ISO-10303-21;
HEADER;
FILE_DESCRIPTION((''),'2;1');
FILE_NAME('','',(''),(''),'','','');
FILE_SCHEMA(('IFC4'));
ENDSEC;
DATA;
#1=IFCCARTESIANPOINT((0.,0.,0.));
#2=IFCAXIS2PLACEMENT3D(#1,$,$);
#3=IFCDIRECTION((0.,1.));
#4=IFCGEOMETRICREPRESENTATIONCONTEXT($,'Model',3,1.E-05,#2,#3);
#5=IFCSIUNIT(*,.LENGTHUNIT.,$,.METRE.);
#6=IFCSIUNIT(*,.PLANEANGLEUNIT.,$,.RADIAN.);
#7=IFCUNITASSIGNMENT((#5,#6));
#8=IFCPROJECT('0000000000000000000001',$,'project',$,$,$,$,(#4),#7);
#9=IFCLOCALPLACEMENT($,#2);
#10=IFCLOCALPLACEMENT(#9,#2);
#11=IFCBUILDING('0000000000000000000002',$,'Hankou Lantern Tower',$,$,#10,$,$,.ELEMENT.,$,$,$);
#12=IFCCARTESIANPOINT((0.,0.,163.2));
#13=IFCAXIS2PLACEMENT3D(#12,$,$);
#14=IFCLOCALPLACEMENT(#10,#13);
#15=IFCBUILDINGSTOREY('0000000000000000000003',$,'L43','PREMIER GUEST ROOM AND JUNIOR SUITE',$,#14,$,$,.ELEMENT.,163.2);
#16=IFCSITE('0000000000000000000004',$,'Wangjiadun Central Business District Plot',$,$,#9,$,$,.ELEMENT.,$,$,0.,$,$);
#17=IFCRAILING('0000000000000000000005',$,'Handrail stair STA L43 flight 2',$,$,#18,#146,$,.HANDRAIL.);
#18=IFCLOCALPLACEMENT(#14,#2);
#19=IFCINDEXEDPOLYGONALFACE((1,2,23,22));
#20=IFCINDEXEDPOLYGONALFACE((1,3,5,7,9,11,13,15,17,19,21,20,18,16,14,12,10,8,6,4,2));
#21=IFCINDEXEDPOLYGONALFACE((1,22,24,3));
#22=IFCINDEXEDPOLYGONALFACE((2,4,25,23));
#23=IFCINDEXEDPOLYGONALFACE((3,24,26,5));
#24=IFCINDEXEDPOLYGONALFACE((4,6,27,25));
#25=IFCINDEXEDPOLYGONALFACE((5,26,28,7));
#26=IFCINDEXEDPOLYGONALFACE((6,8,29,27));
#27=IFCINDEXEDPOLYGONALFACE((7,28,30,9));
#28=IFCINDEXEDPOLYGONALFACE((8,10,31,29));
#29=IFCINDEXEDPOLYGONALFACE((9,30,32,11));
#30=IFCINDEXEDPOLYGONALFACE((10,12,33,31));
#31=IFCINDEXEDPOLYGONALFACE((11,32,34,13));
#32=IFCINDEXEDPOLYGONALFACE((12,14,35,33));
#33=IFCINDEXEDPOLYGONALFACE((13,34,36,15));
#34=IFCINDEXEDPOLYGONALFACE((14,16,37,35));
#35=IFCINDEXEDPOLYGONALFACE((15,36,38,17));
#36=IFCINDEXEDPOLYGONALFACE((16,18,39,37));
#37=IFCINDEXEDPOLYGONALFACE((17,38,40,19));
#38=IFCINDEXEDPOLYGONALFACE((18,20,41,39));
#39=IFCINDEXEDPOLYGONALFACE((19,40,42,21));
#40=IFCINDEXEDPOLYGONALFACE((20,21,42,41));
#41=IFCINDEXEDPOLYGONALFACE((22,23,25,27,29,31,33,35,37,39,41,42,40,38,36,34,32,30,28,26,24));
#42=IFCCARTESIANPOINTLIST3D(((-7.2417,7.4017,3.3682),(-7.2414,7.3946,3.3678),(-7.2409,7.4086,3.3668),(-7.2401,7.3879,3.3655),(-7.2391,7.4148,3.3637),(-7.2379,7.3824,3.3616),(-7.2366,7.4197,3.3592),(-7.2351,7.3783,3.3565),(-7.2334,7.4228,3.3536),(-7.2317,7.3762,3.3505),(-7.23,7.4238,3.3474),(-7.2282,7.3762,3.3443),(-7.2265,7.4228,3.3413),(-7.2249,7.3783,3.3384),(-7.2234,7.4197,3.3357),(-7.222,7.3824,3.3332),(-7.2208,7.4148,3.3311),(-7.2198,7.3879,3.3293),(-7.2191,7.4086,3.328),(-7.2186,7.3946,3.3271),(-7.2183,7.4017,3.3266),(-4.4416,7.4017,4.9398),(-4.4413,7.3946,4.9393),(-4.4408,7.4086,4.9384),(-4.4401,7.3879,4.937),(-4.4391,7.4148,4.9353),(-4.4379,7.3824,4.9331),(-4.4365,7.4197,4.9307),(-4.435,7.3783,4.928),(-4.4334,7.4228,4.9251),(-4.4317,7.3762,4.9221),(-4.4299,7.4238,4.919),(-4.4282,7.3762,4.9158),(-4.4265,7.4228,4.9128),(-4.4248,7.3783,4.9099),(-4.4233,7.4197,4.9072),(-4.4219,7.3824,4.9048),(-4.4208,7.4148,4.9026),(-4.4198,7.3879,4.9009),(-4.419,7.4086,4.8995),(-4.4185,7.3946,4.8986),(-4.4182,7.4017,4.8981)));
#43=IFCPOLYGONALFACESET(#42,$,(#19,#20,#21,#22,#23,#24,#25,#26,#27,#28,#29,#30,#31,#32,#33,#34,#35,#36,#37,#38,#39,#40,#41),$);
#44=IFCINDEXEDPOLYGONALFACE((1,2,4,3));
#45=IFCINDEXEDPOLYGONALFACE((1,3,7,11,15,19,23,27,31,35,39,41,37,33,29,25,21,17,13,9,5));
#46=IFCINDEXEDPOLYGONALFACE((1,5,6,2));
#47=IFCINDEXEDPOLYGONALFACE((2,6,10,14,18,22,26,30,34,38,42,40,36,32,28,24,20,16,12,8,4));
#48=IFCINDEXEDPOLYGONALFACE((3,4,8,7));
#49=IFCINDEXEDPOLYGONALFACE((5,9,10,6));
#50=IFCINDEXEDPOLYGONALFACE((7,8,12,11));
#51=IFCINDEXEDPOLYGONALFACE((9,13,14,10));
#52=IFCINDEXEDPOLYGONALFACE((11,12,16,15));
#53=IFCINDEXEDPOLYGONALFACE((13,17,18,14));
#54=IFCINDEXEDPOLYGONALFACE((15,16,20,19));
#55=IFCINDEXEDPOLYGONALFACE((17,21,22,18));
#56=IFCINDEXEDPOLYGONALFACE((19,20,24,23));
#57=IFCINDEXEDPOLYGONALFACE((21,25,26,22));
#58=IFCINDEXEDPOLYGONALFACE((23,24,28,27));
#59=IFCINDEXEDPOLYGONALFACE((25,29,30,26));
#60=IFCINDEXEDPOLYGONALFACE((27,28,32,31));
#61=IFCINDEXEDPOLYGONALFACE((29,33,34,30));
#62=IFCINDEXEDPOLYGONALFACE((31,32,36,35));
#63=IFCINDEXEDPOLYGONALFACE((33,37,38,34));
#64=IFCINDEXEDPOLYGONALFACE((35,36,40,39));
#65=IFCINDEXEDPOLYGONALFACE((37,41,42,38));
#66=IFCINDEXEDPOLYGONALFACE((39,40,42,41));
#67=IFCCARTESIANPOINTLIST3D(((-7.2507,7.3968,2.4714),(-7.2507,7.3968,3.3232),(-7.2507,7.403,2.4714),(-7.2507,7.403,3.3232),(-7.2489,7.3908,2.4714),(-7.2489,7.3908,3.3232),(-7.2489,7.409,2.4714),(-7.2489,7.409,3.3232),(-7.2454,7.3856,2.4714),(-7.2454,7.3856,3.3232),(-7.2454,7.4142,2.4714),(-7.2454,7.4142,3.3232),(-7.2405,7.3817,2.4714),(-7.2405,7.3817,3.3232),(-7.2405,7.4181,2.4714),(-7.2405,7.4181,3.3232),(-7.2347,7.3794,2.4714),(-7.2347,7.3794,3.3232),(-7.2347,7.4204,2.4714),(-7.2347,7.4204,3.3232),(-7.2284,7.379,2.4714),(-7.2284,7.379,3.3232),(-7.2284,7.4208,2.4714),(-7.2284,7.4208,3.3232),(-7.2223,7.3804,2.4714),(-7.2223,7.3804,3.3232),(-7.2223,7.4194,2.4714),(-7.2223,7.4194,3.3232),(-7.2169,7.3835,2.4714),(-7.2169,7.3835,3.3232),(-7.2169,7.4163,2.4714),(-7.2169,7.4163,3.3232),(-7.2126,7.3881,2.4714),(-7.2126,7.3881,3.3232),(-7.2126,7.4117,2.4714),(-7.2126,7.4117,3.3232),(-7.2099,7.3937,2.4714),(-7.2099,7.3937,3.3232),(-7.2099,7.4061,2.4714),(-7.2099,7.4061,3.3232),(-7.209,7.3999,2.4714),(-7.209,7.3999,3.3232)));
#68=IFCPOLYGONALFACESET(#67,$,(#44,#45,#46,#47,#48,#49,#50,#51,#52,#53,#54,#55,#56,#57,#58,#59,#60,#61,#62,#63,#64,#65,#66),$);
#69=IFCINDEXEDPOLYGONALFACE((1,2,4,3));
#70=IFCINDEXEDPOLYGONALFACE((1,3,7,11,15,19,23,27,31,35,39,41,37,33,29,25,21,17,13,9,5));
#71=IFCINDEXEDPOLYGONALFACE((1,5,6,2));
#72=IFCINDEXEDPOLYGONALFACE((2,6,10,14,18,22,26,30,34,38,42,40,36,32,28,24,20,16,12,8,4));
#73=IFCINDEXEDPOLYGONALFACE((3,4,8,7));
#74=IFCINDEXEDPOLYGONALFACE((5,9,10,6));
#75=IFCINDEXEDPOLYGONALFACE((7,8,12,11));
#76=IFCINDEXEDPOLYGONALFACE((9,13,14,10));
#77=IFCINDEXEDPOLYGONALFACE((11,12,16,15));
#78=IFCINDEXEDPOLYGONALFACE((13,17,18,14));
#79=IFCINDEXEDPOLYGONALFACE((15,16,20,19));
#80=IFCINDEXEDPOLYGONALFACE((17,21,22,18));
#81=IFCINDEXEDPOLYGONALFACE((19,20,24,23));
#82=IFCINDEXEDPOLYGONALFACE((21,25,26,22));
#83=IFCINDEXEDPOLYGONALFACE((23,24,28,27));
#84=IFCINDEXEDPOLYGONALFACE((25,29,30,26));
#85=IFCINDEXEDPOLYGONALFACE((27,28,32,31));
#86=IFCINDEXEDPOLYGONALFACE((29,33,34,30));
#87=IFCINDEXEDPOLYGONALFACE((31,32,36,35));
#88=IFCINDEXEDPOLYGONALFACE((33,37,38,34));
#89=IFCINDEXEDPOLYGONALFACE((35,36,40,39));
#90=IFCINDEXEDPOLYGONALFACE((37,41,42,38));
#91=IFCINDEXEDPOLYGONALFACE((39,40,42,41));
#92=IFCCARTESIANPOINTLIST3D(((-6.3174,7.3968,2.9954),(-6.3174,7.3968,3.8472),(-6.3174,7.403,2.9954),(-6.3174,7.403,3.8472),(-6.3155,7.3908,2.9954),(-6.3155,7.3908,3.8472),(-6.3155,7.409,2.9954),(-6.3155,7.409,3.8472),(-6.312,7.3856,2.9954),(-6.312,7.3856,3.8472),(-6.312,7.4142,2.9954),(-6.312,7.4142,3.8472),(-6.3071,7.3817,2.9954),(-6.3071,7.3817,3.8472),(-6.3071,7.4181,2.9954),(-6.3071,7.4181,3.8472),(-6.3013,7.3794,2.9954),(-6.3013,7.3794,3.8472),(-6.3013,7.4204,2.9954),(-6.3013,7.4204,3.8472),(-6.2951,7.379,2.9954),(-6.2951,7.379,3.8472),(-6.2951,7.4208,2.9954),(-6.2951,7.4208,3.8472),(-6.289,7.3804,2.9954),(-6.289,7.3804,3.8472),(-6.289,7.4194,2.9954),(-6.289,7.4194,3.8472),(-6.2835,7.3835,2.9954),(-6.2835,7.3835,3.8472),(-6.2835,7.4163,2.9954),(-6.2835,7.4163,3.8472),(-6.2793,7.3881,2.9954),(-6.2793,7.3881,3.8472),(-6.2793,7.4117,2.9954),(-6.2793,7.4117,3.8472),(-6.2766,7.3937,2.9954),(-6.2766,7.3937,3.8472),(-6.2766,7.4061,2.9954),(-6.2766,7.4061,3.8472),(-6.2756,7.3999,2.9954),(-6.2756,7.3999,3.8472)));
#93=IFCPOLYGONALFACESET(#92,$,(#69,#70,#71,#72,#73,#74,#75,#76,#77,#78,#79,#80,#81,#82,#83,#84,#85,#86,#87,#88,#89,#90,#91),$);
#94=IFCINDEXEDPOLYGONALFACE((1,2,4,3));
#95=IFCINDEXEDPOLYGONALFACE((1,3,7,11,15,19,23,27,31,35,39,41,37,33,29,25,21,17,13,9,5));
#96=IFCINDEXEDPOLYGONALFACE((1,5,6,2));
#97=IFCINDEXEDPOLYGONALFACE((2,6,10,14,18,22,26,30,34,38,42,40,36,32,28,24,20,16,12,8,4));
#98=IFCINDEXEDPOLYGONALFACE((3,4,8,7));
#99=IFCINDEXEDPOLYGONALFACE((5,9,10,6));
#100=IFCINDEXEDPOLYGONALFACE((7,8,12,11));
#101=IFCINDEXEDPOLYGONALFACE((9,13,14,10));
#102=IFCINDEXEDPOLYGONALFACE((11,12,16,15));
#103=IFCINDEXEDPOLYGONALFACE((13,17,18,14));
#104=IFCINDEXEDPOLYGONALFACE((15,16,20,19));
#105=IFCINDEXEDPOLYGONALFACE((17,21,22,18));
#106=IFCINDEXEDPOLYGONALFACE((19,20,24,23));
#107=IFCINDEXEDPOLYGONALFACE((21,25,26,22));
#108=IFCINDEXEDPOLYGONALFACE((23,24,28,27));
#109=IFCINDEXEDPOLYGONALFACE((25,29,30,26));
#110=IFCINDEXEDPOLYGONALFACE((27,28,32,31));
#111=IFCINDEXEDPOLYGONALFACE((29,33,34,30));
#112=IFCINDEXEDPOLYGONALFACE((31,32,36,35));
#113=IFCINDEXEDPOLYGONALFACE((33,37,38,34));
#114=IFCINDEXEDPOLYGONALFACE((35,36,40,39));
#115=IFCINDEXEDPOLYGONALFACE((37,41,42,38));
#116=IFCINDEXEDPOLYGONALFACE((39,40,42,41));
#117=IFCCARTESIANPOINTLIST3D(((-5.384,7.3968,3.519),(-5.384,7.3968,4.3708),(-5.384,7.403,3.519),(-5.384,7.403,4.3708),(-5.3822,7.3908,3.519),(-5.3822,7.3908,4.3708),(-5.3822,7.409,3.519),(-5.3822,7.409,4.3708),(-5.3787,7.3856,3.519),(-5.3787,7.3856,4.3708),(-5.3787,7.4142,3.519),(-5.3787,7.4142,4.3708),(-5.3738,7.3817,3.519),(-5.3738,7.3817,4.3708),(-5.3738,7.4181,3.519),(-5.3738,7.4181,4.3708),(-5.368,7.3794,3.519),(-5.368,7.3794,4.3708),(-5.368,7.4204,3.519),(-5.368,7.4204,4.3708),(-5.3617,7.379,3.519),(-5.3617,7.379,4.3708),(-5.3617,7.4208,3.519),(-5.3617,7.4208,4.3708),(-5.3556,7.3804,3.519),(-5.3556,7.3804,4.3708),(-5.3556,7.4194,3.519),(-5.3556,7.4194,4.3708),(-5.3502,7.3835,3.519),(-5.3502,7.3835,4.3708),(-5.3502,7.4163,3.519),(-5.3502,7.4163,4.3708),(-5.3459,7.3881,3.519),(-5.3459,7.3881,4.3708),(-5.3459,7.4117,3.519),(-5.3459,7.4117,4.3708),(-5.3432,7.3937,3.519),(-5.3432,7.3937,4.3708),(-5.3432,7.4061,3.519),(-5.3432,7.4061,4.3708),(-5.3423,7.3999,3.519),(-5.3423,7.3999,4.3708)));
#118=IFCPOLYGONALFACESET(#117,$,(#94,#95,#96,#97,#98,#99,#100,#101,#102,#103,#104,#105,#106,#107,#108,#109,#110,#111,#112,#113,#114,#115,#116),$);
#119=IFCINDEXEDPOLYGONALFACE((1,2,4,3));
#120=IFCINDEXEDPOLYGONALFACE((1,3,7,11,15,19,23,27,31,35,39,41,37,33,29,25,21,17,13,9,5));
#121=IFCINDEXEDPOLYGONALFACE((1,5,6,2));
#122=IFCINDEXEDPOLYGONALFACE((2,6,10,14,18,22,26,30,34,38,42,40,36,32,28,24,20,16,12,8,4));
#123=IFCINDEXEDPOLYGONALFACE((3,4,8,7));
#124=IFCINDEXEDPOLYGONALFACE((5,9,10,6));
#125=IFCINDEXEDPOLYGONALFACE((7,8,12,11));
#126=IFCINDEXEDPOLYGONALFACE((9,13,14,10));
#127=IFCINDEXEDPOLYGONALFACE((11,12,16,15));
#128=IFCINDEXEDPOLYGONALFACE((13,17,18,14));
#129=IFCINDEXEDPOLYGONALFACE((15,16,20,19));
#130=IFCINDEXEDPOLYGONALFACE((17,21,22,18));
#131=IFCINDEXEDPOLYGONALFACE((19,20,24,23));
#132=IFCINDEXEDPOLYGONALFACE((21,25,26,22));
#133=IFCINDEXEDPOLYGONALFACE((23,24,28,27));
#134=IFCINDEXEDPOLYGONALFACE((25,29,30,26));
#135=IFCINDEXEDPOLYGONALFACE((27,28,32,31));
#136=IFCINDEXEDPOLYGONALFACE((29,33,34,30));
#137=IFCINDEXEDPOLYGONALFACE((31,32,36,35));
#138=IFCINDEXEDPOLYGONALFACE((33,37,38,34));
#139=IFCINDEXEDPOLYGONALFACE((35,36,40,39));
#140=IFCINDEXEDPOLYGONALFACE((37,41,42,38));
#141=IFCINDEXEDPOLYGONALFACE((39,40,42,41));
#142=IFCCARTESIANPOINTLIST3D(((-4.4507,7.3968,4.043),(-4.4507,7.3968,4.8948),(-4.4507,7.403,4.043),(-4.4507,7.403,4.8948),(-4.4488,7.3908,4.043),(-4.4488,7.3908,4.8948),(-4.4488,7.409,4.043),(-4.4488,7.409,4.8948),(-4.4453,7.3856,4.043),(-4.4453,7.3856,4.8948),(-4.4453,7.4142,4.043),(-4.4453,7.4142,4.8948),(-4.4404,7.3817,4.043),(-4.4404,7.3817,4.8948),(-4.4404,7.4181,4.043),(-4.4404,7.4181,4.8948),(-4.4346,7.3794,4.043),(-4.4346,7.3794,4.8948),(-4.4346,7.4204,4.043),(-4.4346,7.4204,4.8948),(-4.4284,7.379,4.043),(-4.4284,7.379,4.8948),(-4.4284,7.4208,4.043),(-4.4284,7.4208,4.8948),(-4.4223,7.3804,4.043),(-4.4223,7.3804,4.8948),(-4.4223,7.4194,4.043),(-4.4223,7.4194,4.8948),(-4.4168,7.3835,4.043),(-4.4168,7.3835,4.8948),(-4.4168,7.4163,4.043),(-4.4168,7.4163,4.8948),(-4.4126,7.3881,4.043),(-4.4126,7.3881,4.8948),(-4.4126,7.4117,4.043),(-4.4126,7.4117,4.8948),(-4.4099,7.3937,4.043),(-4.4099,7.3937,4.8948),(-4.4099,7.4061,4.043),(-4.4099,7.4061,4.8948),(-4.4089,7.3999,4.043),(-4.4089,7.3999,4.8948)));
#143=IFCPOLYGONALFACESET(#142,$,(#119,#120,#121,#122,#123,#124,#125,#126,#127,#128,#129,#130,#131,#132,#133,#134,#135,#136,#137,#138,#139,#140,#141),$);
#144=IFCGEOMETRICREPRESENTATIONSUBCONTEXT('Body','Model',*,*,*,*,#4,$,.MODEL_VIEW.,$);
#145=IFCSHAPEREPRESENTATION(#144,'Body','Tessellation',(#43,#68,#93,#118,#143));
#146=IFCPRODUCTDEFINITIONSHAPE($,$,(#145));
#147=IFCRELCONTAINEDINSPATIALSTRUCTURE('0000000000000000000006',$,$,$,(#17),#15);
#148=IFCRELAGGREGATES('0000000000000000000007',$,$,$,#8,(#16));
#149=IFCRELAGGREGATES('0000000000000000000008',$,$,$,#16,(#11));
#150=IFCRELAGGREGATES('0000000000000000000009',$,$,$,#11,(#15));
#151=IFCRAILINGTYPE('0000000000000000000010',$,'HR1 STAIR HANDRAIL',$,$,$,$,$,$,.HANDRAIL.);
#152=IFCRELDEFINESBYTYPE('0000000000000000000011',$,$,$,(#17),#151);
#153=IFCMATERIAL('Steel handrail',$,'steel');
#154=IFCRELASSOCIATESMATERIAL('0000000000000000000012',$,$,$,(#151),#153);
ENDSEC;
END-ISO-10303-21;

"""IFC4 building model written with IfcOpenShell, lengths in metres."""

from ifc_helpers import new_model, si_unit, direction, frame, origin, origin_2d, place, context, subcontext, project, spatial, circle, extrude, material, type_object, element, save


model = new_model("IFC4")

# Units and contexts
model_context = context("Model", 3, precision=1e-05, world=origin(), true_north=direction((0.0, 1.0)))
body_context = subcontext(model_context, "Body", "Model", "MODEL_VIEW")
ifc_project = project(units=[si_unit("LENGTHUNIT", "METRE"), si_unit("PLANEANGLEUNIT", "RADIAN")], contexts=[model_context])

# Site, building, storey
site_placement = place(None, origin())
site = spatial("IfcSite", under=ifc_project, at=site_placement, Name="Wangjiadun Central Business District Plot", CompositionType="ELEMENT", RefElevation=0.0)
building_placement = place(site_placement, origin())
building = spatial("IfcBuilding", under=site, at=building_placement, Name="Hankou Lantern Tower", CompositionType="ELEMENT")
storey_placement = place(building_placement, frame((0.0, 0.0, 163.2)))
storey = spatial("IfcBuildingStorey", under=building, at=storey_placement, Name="L43", Description="PREMIER GUEST ROOM AND JUNIOR SUITE", CompositionType="ELEMENT", Elevation=163.2)

# Railing
ifc_material_1 = material(Name="Steel handrail", Category="steel")
railing_type = type_object("IfcRailingType", Name="HR1 STAIR HANDRAIL", PredefinedType="HANDRAIL", material=ifc_material_1)
railing_placement = place(storey_placement, frame((-7.23, 7.3999, 2.4714)))
element("IfcRailing", 1, at=railing_placement, inside=storey, type_object=railing_type, Name="Handrail stair STA L43 flight 2", PredefinedType="HANDRAIL", context=body_context, shape_type="SweptSolid", body=[
    extrude(circle(Radius=0.0239, at=origin_2d()), frame((0.0, 0.0, 0.876), z_axis=(0.87204, 0.0, 0.489434), x_axis=(0.0, 1.0, 0.0)), (0.0, 0.0, 1.0), 3.2109),
    extrude(circle(Radius=0.021, at=origin_2d()), origin(), (0.0, 0.0, 1.0), 0.8518),
    extrude(circle(Radius=0.021, at=origin_2d()), frame((0.9333, 0.0, 0.5239)), (0.0, 0.0, 1.0), 0.8518),
    extrude(circle(Radius=0.021, at=origin_2d()), frame((1.8667, 0.0, 1.0476)), (0.0, 0.0, 1.0), 0.8518),
    extrude(circle(Radius=0.021, at=origin_2d()), frame((2.8, 0.0, 1.5715)), (0.0, 0.0, 1.0), 0.8518),
])

save(model, "model.ifc")
